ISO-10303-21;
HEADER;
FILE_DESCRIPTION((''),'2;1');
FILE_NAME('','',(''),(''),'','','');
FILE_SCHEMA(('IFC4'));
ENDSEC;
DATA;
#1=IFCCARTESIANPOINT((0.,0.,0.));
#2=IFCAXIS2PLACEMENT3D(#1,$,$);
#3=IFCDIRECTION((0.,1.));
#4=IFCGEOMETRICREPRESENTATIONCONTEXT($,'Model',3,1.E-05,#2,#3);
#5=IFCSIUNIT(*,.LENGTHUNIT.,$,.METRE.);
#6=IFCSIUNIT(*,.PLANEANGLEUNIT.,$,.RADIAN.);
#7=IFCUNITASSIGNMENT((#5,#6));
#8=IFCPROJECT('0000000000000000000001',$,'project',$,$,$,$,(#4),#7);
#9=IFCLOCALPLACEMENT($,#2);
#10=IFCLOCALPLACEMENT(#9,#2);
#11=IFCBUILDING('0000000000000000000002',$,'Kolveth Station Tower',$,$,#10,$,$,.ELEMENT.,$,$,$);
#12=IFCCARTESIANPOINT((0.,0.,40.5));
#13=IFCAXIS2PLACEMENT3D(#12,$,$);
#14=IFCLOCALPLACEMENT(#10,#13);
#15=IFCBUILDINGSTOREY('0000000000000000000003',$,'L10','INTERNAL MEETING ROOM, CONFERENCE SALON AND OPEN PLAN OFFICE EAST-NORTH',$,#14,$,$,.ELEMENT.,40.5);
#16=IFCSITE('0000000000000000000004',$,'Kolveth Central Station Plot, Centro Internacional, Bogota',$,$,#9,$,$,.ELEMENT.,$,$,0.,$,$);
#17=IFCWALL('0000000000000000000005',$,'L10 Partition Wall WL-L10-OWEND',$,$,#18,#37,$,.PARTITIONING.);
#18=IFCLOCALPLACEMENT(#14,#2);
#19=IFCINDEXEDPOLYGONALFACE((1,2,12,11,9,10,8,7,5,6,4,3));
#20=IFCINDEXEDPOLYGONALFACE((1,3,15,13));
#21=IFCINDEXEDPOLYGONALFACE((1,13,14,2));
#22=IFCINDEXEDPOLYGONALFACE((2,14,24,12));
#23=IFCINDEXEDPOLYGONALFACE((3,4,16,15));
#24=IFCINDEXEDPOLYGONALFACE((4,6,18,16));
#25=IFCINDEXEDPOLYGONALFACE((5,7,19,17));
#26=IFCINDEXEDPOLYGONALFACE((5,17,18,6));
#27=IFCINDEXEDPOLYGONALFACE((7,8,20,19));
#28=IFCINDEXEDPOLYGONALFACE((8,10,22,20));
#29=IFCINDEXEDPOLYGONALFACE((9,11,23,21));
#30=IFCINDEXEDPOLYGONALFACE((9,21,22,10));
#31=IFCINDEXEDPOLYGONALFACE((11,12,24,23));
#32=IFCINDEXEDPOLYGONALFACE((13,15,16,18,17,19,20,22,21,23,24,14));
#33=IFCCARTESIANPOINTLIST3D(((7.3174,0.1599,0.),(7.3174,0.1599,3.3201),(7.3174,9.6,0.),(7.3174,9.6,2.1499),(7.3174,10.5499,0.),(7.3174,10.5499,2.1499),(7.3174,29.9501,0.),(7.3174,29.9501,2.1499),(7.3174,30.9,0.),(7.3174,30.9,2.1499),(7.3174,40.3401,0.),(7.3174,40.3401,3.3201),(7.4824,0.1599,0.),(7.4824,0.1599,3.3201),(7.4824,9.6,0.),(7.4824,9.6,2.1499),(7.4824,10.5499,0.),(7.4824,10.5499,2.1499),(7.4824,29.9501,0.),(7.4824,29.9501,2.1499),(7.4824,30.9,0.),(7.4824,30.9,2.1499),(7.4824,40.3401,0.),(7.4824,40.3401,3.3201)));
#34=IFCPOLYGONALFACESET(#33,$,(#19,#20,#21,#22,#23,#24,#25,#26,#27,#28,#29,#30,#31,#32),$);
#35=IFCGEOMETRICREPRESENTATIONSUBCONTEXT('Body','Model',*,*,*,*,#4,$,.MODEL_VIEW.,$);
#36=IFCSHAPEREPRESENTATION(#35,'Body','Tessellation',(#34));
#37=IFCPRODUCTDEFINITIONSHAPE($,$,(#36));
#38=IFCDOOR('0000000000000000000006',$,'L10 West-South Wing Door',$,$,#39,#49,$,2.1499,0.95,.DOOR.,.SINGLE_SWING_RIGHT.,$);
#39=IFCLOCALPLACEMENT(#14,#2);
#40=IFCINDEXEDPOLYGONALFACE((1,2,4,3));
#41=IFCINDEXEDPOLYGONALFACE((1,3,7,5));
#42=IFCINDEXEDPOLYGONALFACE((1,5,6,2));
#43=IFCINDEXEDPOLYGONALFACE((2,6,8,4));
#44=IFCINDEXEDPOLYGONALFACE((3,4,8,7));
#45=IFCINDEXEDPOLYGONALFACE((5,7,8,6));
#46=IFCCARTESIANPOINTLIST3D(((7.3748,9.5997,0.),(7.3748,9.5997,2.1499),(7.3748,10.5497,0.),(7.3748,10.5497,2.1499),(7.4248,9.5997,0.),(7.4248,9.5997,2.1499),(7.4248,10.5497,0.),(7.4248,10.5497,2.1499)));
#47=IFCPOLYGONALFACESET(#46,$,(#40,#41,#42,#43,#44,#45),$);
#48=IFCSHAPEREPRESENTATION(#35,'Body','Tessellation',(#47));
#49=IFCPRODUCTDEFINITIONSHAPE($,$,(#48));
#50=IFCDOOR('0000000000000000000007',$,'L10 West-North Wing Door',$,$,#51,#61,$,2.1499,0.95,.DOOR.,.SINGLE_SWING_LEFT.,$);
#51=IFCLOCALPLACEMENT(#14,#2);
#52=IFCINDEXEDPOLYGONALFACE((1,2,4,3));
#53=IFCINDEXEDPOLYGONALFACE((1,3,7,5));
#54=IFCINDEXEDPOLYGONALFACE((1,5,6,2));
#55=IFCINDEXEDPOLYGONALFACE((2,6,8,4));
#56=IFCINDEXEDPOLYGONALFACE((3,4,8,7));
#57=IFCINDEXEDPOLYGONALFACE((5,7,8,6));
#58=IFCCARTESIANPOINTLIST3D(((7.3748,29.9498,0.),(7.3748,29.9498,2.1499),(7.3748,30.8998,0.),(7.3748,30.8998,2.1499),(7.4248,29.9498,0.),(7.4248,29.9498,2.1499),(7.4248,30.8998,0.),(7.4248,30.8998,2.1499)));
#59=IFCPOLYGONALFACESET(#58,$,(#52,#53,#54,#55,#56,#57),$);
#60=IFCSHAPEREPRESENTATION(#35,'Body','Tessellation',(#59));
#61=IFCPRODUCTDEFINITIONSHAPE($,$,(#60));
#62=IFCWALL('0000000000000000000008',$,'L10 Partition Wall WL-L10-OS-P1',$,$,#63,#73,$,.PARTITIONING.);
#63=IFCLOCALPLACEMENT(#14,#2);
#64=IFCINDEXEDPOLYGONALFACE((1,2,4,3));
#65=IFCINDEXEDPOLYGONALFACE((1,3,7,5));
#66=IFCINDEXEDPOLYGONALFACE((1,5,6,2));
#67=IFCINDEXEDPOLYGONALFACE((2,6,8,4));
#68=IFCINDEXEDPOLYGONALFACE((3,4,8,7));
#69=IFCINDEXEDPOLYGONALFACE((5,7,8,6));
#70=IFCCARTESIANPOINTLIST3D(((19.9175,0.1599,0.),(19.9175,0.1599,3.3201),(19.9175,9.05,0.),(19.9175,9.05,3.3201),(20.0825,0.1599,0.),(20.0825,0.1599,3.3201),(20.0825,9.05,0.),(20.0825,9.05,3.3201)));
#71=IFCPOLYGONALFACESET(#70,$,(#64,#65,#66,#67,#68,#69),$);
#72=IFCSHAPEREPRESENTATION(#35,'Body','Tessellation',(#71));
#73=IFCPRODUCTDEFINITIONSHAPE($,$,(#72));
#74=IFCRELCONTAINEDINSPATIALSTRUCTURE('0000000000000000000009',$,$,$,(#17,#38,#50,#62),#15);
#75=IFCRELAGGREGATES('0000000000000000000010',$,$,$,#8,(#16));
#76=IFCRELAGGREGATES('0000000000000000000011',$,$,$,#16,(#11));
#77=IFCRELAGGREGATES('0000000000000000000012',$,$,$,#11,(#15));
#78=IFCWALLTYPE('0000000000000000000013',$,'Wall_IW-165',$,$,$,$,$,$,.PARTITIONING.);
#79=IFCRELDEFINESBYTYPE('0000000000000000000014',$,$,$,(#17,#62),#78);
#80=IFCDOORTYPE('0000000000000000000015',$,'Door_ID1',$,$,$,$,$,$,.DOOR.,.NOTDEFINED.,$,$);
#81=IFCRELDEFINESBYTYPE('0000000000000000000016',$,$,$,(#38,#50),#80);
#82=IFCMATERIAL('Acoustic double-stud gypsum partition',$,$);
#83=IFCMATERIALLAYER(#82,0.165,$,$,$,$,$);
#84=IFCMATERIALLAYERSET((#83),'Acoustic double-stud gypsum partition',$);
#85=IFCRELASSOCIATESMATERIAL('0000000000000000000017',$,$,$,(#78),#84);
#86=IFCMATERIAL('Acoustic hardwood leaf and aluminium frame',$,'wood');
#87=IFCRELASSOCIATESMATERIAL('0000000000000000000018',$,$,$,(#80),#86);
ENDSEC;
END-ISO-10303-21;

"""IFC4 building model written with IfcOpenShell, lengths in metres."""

from ifc_helpers import new_model, si_unit, direction, frame, frame_2d, origin, place, context, subcontext, project, spatial, rectangle, extrude, material, layer, layer_set, type_object, element, fill, save


model = new_model("IFC4")

# Units and contexts
model_context = context("Model", 3, precision=1e-05, world=origin(), true_north=direction((0.0, 1.0)))
body_context = subcontext(model_context, "Body", "Model", "MODEL_VIEW")
ifc_project = project(units=[si_unit("LENGTHUNIT", "METRE"), si_unit("PLANEANGLEUNIT", "RADIAN")], contexts=[model_context])

# Site, building, storey
site_placement = place(None, origin())
site = spatial("IfcSite", under=ifc_project, at=site_placement, Name="Kolveth Central Station Plot, Centro Internacional, Bogota", CompositionType="ELEMENT", RefElevation=0.0)
building_placement = place(site_placement, origin())
building = spatial("IfcBuilding", under=site, at=building_placement, Name="Kolveth Station Tower", CompositionType="ELEMENT")
storey_placement = place(building_placement, frame((0.0, 0.0, 40.5)))
storey = spatial("IfcBuildingStorey", under=building, at=storey_placement, Name="L10", Description="INTERNAL MEETING ROOM, CONFERENCE SALON AND OPEN PLAN OFFICE EAST-NORTH", CompositionType="ELEMENT", Elevation=40.5)

# Wall, openings, doors
ifc_material_1 = material(Name="Acoustic double-stud gypsum partition")
ifc_layer_1 = layer(ifc_material_1, 0.165)
ifc_layer_set_1 = layer_set([ifc_layer_1], Name="Acoustic double-stud gypsum partition")
wall_type = type_object("IfcWallType", Name="Wall_IW-165", PredefinedType="PARTITIONING", material=ifc_layer_set_1)
wall_1_placement = place(storey_placement, frame((7.3999, 0.1599, 0.0), z_axis=(0.0, 0.0, 1.0), x_axis=(0.0, 1.0, 0.0)))
wall_1 = element("IfcWall", 1, at=wall_1_placement, inside=storey, type_object=wall_type, Name="L10 Partition Wall WL-L10-OWEND", PredefinedType="PARTITIONING", context=body_context, shape_type="SweptSolid", body=[
    extrude(rectangle(XDim=40.1802, YDim=0.165, at=frame_2d((20.0901, 0.0))), origin(), (0.0, 0.0, 1.0), 3.3201),
])
opening_1_placement = place(wall_1_placement, frame((9.4399, 0.0, 0.0)))
opening_1 = element("IfcOpeningElement", 2, at=opening_1_placement, cuts=wall_1, PredefinedType="OPENING", context=body_context, shape_type="SweptSolid", body=[
    extrude(rectangle(XDim=0.95, YDim=2.1499, at=frame_2d((0.4751, 1.075))), frame((0.0, 0.0925, 0.0), z_axis=(0.0, -1.0, 0.0), x_axis=(1.0, 0.0, 0.0)), (0.0, 0.0, 1.0), 0.1851),
])
opening_2_placement = place(wall_1_placement, frame((29.79, 0.0, 0.0)))
opening_2 = element("IfcOpeningElement", 3, at=opening_2_placement, cuts=wall_1, PredefinedType="OPENING", context=body_context, shape_type="SweptSolid", body=[
    extrude(rectangle(XDim=0.95, YDim=2.1499, at=frame_2d((0.4751, 1.075))), frame((0.0, 0.0925, 0.0), z_axis=(0.0, -1.0, 0.0), x_axis=(1.0, 0.0, 0.0)), (0.0, 0.0, 1.0), 0.1851),
])
ifc_material_2 = material(Name="Acoustic hardwood leaf and aluminium frame", Category="wood")
door_type = type_object("IfcDoorType", Name="Door_ID1", OperationType="NOTDEFINED", PredefinedType="DOOR", material=ifc_material_2)
door_1_placement = place(opening_1_placement, frame((0.95, 0.0, 0.0), z_axis=(0.0, 0.0, 1.0), x_axis=(-1.0, 0.0, 0.0)))
door_1 = element("IfcDoor", 4, at=door_1_placement, inside=storey, type_object=door_type, Name="L10 West-South Wing Door", OperationType="SINGLE_SWING_RIGHT", OverallHeight=2.1499, OverallWidth=0.95, PredefinedType="DOOR", context=body_context, shape_type="SweptSolid", body=[
    extrude(rectangle(XDim=0.95, YDim=2.1499, at=frame_2d((0.4751, 1.075))), frame((0.0, 0.0249, 0.0), z_axis=(0.0, -1.0, 0.0), x_axis=(1.0, 0.0, 0.0)), (0.0, 0.0, 1.0), 0.05),
])
fill(opening_1, door_1)
door_2_placement = place(opening_2_placement, frame((0.95, 0.0, 0.0), z_axis=(0.0, 0.0, 1.0), x_axis=(-1.0, 0.0, 0.0)))
door_2 = element("IfcDoor", 5, at=door_2_placement, inside=storey, type_object=door_type, Name="L10 West-North Wing Door", OperationType="SINGLE_SWING_LEFT", OverallHeight=2.1499, OverallWidth=0.95, PredefinedType="DOOR", context=body_context, shape_type="SweptSolid", body=[
    extrude(rectangle(XDim=0.95, YDim=2.1499, at=frame_2d((0.4751, 1.075))), frame((0.0, 0.0249, 0.0), z_axis=(0.0, -1.0, 0.0), x_axis=(1.0, 0.0, 0.0)), (0.0, 0.0, 1.0), 0.05),
])
fill(opening_2, door_2)

# Wall
wall_2_placement = place(storey_placement, frame((20.0, 0.1599, 0.0), z_axis=(0.0, 0.0, 1.0), x_axis=(0.0, 1.0, 0.0)))
element("IfcWall", 6, at=wall_2_placement, inside=storey, type_object=wall_type, Name="L10 Partition Wall WL-L10-OS-P1", PredefinedType="PARTITIONING", context=body_context, shape_type="SweptSolid", body=[
    extrude(rectangle(XDim=8.8901, YDim=0.165, at=frame_2d((4.4451, 0.0))), origin(), (0.0, 0.0, 1.0), 3.3201),
])

save(model, "model.ifc")
